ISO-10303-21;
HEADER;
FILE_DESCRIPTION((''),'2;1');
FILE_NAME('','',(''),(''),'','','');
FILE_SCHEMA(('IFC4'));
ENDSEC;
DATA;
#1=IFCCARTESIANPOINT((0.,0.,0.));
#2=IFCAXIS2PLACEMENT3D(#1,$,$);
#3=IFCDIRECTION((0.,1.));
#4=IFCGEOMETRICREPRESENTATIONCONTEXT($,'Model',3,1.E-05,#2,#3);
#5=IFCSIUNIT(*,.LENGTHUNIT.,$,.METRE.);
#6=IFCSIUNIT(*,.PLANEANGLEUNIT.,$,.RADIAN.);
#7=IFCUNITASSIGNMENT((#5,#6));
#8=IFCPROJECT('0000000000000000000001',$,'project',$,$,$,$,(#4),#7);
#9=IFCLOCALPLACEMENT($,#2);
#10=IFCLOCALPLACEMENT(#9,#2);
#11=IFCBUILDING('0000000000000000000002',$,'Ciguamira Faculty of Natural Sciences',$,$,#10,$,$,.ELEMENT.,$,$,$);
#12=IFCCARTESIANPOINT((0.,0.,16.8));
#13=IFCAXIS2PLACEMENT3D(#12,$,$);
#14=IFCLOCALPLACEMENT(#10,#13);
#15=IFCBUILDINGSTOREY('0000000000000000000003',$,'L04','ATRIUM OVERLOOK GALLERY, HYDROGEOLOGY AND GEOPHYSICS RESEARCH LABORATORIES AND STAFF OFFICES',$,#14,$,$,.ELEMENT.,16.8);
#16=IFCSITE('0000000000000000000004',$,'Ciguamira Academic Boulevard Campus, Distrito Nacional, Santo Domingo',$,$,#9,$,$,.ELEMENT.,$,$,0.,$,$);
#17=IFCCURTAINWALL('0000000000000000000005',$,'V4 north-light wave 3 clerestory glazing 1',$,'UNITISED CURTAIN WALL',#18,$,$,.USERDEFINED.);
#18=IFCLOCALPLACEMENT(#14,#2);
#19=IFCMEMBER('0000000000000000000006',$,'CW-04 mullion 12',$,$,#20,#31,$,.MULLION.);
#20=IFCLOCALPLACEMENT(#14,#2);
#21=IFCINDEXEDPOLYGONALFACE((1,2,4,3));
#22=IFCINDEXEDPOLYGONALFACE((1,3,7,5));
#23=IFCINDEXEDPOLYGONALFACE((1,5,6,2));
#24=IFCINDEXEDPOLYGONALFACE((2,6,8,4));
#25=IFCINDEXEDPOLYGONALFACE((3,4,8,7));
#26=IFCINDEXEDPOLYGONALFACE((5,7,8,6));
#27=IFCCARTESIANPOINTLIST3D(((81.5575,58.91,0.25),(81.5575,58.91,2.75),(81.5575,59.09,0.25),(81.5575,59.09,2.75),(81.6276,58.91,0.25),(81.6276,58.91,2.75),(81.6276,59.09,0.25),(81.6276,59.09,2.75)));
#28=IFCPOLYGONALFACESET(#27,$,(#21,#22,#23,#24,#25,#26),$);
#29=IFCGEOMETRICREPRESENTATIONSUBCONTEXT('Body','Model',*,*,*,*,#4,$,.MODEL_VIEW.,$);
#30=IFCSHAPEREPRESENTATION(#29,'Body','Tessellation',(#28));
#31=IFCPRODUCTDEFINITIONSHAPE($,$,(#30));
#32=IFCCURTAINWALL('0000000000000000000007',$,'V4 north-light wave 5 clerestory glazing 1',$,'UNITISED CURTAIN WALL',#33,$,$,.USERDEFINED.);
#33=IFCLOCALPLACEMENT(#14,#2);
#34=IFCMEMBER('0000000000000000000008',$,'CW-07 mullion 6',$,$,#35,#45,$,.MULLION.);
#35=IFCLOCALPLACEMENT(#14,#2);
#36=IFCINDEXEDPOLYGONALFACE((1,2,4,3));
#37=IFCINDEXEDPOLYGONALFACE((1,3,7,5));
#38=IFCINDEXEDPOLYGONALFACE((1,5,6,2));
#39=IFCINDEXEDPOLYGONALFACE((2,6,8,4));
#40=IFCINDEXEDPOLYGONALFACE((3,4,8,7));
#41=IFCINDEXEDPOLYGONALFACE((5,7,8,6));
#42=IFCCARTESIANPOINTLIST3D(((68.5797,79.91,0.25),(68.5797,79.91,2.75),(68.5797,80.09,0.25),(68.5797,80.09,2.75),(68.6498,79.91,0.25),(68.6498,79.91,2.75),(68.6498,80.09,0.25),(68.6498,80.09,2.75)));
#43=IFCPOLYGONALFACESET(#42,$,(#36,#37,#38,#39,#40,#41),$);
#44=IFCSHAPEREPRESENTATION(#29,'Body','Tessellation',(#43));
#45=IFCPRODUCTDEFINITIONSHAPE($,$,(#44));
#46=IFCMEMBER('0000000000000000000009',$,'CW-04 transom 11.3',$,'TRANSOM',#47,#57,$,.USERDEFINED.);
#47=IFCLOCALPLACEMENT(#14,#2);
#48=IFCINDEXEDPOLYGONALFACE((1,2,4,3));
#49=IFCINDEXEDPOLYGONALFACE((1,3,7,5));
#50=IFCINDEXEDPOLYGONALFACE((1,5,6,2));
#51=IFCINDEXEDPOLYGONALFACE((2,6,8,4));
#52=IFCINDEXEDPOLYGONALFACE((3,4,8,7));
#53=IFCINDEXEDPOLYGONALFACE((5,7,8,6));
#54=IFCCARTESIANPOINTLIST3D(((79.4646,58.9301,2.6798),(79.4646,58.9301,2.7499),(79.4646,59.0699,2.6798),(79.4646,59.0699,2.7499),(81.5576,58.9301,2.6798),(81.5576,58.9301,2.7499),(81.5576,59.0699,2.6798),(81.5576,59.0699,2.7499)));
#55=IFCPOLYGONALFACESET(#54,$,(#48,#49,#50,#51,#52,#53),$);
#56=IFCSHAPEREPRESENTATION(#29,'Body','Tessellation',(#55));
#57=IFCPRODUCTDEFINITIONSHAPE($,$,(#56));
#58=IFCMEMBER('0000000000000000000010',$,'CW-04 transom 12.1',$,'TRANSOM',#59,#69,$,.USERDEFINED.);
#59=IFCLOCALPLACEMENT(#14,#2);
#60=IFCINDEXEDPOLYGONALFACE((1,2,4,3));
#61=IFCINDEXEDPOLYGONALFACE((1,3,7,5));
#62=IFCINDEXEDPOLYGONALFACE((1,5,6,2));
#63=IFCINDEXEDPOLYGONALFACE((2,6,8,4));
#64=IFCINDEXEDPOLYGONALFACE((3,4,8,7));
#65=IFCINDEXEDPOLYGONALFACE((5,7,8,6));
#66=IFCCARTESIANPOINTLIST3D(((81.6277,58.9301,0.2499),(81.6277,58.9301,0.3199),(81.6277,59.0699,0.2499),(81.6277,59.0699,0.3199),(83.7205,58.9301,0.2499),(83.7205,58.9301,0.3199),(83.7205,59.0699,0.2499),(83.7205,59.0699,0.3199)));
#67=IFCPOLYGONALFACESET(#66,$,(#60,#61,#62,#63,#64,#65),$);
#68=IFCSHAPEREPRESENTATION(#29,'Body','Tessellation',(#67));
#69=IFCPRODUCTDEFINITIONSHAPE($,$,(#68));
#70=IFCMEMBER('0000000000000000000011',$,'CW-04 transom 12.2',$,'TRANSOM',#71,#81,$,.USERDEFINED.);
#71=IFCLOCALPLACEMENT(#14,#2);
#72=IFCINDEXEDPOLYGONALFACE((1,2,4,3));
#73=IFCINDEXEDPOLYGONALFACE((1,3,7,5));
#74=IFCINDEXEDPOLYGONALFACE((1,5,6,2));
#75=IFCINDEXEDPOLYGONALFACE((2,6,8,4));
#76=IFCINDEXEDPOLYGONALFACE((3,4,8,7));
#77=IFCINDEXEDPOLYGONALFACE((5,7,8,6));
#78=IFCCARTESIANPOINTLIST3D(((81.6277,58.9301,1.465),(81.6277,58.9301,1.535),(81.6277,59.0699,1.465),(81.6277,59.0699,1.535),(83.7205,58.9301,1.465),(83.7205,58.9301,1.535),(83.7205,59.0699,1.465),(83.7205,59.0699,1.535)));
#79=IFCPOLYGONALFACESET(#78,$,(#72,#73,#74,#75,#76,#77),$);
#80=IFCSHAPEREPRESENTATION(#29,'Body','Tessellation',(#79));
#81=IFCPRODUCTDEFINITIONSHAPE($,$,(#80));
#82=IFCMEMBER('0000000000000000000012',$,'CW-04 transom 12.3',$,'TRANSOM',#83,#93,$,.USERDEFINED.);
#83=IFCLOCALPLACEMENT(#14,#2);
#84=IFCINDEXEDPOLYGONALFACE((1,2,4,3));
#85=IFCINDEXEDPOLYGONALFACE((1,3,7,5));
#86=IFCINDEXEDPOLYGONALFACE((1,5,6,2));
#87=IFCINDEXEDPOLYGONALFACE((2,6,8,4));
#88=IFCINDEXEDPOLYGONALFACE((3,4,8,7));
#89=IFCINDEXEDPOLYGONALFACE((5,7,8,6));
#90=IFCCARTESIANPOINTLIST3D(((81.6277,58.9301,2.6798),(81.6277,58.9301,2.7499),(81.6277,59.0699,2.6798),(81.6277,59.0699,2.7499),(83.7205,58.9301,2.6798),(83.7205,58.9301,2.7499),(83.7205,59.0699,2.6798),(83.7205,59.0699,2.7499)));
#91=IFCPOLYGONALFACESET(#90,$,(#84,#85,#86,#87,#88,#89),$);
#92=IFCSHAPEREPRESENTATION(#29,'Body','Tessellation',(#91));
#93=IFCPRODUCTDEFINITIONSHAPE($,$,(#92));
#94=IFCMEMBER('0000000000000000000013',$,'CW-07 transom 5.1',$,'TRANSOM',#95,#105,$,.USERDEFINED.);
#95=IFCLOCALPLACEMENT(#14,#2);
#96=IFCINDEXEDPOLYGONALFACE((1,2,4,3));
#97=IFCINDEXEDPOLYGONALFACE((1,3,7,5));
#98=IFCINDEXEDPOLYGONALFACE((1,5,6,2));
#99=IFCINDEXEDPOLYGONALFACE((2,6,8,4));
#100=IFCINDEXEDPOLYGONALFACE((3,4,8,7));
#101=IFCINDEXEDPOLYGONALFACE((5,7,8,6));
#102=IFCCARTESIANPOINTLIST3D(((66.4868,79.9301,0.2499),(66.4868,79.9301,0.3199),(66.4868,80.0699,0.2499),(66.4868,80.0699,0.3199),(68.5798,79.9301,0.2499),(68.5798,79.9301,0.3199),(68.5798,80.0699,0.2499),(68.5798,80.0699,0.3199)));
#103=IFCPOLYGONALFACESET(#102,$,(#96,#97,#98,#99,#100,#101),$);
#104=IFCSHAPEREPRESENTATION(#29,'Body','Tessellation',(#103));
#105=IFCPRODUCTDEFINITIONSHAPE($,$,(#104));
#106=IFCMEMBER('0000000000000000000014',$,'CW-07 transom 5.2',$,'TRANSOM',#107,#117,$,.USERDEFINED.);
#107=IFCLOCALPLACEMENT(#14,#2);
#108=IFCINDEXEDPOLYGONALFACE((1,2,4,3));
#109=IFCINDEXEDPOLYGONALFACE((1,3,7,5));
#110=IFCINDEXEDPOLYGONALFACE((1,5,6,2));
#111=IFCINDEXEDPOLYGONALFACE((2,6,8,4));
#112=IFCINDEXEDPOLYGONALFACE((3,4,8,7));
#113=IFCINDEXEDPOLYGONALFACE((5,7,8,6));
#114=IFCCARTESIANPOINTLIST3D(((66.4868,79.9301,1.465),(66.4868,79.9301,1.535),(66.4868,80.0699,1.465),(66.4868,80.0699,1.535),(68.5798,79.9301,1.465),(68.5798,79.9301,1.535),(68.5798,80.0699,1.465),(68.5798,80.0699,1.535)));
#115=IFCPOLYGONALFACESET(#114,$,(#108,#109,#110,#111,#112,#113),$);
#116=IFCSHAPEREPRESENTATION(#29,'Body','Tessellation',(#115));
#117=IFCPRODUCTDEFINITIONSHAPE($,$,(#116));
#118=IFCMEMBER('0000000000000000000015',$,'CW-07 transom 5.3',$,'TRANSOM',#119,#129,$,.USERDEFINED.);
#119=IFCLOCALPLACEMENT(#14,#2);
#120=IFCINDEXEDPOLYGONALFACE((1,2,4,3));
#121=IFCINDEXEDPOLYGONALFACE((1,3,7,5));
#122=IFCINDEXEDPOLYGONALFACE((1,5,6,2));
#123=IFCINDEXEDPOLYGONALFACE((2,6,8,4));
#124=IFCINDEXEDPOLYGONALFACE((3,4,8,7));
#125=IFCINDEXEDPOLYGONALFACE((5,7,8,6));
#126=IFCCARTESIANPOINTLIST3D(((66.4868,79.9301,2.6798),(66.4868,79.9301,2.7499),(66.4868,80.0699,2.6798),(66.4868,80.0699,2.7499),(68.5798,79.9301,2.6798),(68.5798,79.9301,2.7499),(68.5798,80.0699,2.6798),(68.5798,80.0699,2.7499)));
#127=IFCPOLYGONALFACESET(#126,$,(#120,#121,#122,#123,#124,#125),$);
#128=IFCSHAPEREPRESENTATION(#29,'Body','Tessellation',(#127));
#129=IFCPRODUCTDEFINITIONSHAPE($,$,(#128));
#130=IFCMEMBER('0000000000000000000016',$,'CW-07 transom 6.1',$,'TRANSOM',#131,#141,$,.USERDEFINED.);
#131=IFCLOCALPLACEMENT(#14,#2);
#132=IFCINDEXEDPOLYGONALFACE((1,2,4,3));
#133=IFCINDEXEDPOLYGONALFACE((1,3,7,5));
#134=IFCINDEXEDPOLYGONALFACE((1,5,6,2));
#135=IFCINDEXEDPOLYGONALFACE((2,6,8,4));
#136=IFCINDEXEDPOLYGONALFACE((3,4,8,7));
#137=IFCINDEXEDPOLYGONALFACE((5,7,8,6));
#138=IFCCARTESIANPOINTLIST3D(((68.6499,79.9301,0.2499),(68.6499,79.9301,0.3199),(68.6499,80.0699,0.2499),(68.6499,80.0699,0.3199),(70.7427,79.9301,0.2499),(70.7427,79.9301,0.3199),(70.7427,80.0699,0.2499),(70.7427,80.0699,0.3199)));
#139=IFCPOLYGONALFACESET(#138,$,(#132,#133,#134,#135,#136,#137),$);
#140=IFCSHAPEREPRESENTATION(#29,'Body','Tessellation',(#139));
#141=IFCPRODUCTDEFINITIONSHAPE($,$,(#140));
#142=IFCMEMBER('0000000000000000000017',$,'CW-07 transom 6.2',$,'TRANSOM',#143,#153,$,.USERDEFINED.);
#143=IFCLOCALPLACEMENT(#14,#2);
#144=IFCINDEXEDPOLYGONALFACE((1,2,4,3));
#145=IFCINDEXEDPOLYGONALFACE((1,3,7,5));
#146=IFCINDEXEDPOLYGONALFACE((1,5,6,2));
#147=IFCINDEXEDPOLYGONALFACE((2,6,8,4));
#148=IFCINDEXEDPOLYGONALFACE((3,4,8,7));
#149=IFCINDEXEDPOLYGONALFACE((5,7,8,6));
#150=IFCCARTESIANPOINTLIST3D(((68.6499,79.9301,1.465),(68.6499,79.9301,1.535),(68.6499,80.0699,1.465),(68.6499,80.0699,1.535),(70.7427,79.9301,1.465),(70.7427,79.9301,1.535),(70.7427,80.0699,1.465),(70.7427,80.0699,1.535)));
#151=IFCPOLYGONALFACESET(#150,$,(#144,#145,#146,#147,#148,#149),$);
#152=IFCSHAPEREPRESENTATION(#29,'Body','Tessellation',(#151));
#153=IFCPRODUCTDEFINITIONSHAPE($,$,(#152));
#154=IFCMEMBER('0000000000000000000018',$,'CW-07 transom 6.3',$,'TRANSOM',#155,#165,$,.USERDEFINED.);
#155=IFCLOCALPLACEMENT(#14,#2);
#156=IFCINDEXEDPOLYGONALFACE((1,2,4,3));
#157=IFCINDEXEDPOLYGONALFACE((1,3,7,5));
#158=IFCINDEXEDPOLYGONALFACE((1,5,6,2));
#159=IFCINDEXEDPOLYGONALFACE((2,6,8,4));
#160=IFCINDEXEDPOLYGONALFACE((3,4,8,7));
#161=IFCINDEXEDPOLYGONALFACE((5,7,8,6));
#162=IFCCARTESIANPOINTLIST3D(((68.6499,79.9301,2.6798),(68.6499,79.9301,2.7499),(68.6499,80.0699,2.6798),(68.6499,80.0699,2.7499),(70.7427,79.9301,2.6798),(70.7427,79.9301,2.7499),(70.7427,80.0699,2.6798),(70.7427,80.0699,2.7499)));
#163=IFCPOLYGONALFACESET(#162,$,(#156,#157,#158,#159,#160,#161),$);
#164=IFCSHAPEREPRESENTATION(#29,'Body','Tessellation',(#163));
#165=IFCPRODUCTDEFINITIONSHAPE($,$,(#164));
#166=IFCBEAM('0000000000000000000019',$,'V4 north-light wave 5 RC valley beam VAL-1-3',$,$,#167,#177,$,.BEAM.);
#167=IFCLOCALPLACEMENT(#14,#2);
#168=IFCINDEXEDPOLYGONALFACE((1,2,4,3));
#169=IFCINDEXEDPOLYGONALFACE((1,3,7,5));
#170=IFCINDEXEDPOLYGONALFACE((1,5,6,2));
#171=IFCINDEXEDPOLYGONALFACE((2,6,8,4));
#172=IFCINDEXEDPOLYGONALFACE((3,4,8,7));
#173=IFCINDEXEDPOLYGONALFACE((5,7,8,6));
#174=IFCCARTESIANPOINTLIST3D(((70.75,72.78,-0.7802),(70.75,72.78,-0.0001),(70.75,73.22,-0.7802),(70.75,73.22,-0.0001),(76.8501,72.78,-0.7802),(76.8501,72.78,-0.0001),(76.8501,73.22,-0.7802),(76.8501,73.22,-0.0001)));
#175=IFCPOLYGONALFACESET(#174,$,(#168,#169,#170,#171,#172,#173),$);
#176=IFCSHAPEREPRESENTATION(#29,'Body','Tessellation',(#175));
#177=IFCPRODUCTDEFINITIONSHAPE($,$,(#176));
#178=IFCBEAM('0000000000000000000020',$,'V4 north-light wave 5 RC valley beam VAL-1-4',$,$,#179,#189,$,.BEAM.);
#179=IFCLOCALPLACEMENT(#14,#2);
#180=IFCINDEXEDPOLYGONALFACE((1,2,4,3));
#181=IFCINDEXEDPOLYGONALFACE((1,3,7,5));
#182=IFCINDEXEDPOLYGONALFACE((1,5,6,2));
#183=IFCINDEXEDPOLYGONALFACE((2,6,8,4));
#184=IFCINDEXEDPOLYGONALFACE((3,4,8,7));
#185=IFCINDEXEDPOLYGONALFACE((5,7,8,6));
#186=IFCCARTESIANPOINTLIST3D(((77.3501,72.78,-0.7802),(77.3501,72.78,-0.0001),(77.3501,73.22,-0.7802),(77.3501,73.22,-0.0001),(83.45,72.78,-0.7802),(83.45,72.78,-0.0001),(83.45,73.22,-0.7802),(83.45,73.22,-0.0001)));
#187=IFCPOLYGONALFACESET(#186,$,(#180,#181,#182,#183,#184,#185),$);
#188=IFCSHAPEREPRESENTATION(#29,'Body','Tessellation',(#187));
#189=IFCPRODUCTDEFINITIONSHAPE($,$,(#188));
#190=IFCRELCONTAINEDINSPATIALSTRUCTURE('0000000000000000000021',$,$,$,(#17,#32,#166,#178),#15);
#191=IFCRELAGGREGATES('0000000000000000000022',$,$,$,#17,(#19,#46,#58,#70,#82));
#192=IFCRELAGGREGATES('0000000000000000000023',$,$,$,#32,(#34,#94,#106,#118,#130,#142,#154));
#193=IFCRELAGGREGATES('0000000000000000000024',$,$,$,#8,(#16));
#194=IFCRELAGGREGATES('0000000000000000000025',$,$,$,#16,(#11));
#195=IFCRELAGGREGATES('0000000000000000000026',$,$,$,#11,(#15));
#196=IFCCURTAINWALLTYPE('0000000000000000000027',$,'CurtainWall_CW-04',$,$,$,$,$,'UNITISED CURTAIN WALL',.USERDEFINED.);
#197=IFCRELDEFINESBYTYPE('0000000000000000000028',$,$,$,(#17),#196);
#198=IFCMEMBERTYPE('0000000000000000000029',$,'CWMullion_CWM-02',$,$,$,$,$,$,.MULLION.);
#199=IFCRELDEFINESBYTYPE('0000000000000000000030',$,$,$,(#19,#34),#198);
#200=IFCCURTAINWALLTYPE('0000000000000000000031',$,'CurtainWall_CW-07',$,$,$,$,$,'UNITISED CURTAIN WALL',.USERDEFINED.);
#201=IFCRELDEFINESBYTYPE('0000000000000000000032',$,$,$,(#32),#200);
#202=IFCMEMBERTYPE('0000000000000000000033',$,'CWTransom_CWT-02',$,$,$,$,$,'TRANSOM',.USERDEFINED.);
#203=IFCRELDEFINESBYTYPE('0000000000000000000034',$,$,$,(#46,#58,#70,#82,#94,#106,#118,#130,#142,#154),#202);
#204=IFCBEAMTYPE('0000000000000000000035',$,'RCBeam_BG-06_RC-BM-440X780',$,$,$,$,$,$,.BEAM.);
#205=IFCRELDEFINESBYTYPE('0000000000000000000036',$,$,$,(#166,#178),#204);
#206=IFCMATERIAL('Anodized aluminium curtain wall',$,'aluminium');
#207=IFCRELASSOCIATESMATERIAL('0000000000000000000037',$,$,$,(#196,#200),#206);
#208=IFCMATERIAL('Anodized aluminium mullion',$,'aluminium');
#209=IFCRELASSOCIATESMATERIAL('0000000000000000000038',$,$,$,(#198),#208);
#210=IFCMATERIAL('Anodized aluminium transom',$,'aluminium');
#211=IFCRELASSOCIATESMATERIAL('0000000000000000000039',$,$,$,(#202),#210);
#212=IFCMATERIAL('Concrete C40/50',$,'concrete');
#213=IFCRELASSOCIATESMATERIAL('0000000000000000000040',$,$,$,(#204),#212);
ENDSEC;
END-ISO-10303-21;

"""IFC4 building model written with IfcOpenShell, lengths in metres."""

from ifc_helpers import new_model, si_unit, direction, frame, origin, origin_2d, place, context, subcontext, project, spatial, rectangle, extrude, material, material_profile, profile_set, type_object, element, aggregate, save


model = new_model("IFC4")

# Units and contexts
model_context = context("Model", 3, precision=1e-05, world=origin(), true_north=direction((0.0, 1.0)))
body_context = subcontext(model_context, "Body", "Model", "MODEL_VIEW")
ifc_project = project(units=[si_unit("LENGTHUNIT", "METRE"), si_unit("PLANEANGLEUNIT", "RADIAN")], contexts=[model_context])

# Site, building, storey
site_placement = place(None, origin())
site = spatial("IfcSite", under=ifc_project, at=site_placement, Name="Ciguamira Academic Boulevard Campus, Distrito Nacional, Santo Domingo", CompositionType="ELEMENT", RefElevation=0.0)
building_placement = place(site_placement, origin())
building = spatial("IfcBuilding", under=site, at=building_placement, Name="Ciguamira Faculty of Natural Sciences", CompositionType="ELEMENT")
storey_placement = place(building_placement, frame((0.0, 0.0, 16.8)))
storey = spatial("IfcBuildingStorey", under=building, at=storey_placement, Name="L04", Description="ATRIUM OVERLOOK GALLERY, HYDROGEOLOGY AND GEOPHYSICS RESEARCH LABORATORIES AND STAFF OFFICES", CompositionType="ELEMENT", Elevation=16.8)

# Curtain walls, members
ifc_material_1 = material(Name="Anodized aluminium curtain wall", Category="aluminium")
curtain_wall_type_1 = type_object("IfcCurtainWallType", Name="CurtainWall_CW-04", ElementType="UNITISED CURTAIN WALL", PredefinedType="USERDEFINED", material=ifc_material_1)
curtain_wall_1_placement = place(storey_placement, origin())
curtain_wall_1 = element("IfcCurtainWall", 1, at=curtain_wall_1_placement, inside=storey, type_object=curtain_wall_type_1, Name="V4 north-light wave 3 clerestory glazing 1", ObjectType="UNITISED CURTAIN WALL", PredefinedType="USERDEFINED")
ifc_material_2 = material(Name="Anodized aluminium mullion", Category="aluminium")
ifc_material_profile_1 = material_profile(ifc_material_2, rectangle(XDim=0.0701, YDim=0.1799, at=origin_2d()), Name="ALU-MUL-70X180")
ifc_profile_set_1 = profile_set([ifc_material_profile_1], Name="Anodized aluminium mullion")
member_type_1 = type_object("IfcMemberType", Name="CWMullion_CWM-02", PredefinedType="MULLION", material=ifc_profile_set_1)
member_1_placement = place(storey_placement, frame((81.5925, 59.0, 0.25), z_axis=(0.0, 0.0, 1.0), x_axis=(1.0, 0.0, 0.0)))
member_1 = element("IfcMember", 2, at=member_1_placement, type_object=member_type_1, Name="CW-04 mullion 12", PredefinedType="MULLION", context=body_context, shape_type="SweptSolid", body=[
    extrude(rectangle(XDim=0.0701, YDim=0.1799, at=origin_2d()), origin(), (0.0, 0.0, 1.0), 2.5),
])
curtain_wall_type_2 = type_object("IfcCurtainWallType", Name="CurtainWall_CW-07", ElementType="UNITISED CURTAIN WALL", PredefinedType="USERDEFINED", material=ifc_material_1)
curtain_wall_2_placement = place(storey_placement, origin())
curtain_wall_2 = element("IfcCurtainWall", 3, at=curtain_wall_2_placement, inside=storey, type_object=curtain_wall_type_2, Name="V4 north-light wave 5 clerestory glazing 1", ObjectType="UNITISED CURTAIN WALL", PredefinedType="USERDEFINED")
member_2_placement = place(storey_placement, frame((68.6147, 80.0, 0.25), z_axis=(0.0, 0.0, 1.0), x_axis=(1.0, 0.0, 0.0)))
member_2 = element("IfcMember", 4, at=member_2_placement, type_object=member_type_1, Name="CW-07 mullion 6", PredefinedType="MULLION", context=body_context, shape_type="SweptSolid", body=[
    extrude(rectangle(XDim=0.0701, YDim=0.1799, at=origin_2d()), origin(), (0.0, 0.0, 1.0), 2.5),
])

# Members
ifc_material_3 = material(Name="Anodized aluminium transom", Category="aluminium")
ifc_material_profile_2 = material_profile(ifc_material_3, rectangle(XDim=0.0701, YDim=0.1399, at=origin_2d()), Name="ALU-TRN-70X140")
ifc_profile_set_2 = profile_set([ifc_material_profile_2], Name="Anodized aluminium transom")
member_type_2 = type_object("IfcMemberType", Name="CWTransom_CWT-02", ElementType="TRANSOM", PredefinedType="USERDEFINED", material=ifc_profile_set_2)
member_3_placement = place(storey_placement, frame((79.4646, 59.0, 2.7148), z_axis=(1.0, 0.0, 0.0), x_axis=(0.0, 0.0, 1.0)))
member_3 = element("IfcMember", 5, at=member_3_placement, type_object=member_type_2, Name="CW-04 transom 11.3", ObjectType="TRANSOM", PredefinedType="USERDEFINED", context=body_context, shape_type="SweptSolid", body=[
    extrude(rectangle(XDim=0.0701, YDim=0.1399, at=origin_2d()), origin(), (0.0, 0.0, 1.0), 2.093),
])
member_4_placement = place(storey_placement, frame((81.6277, 59.0, 0.2849), z_axis=(1.0, 0.0, 0.0), x_axis=(0.0, 0.0, 1.0)))
member_4 = element("IfcMember", 6, at=member_4_placement, type_object=member_type_2, Name="CW-04 transom 12.1", ObjectType="TRANSOM", PredefinedType="USERDEFINED", context=body_context, shape_type="SweptSolid", body=[
    extrude(rectangle(XDim=0.0701, YDim=0.1399, at=origin_2d()), origin(), (0.0, 0.0, 1.0), 2.0928),
])
member_5_placement = place(storey_placement, frame((81.6277, 59.0, 1.5), z_axis=(1.0, 0.0, 0.0), x_axis=(0.0, 0.0, 1.0)))
member_5 = element("IfcMember", 7, at=member_5_placement, type_object=member_type_2, Name="CW-04 transom 12.2", ObjectType="TRANSOM", PredefinedType="USERDEFINED", context=body_context, shape_type="SweptSolid", body=[
    extrude(rectangle(XDim=0.0701, YDim=0.1399, at=origin_2d()), origin(), (0.0, 0.0, 1.0), 2.0928),
])
member_6_placement = place(storey_placement, frame((81.6277, 59.0, 2.7148), z_axis=(1.0, 0.0, 0.0), x_axis=(0.0, 0.0, 1.0)))
member_6 = element("IfcMember", 8, at=member_6_placement, type_object=member_type_2, Name="CW-04 transom 12.3", ObjectType="TRANSOM", PredefinedType="USERDEFINED", context=body_context, shape_type="SweptSolid", body=[
    extrude(rectangle(XDim=0.0701, YDim=0.1399, at=origin_2d()), origin(), (0.0, 0.0, 1.0), 2.0928),
])
member_7_placement = place(storey_placement, frame((66.4868, 80.0, 0.2849), z_axis=(1.0, 0.0, 0.0), x_axis=(0.0, 0.0, 1.0)))
member_7 = element("IfcMember", 9, at=member_7_placement, type_object=member_type_2, Name="CW-07 transom 5.1", ObjectType="TRANSOM", PredefinedType="USERDEFINED", context=body_context, shape_type="SweptSolid", body=[
    extrude(rectangle(XDim=0.0701, YDim=0.1399, at=origin_2d()), origin(), (0.0, 0.0, 1.0), 2.093),
])
member_8_placement = place(storey_placement, frame((66.4868, 80.0, 1.5), z_axis=(1.0, 0.0, 0.0), x_axis=(0.0, 0.0, 1.0)))
member_8 = element("IfcMember", 10, at=member_8_placement, type_object=member_type_2, Name="CW-07 transom 5.2", ObjectType="TRANSOM", PredefinedType="USERDEFINED", context=body_context, shape_type="SweptSolid", body=[
    extrude(rectangle(XDim=0.0701, YDim=0.1399, at=origin_2d()), origin(), (0.0, 0.0, 1.0), 2.093),
])
member_9_placement = place(storey_placement, frame((66.4868, 80.0, 2.7148), z_axis=(1.0, 0.0, 0.0), x_axis=(0.0, 0.0, 1.0)))
member_9 = element("IfcMember", 11, at=member_9_placement, type_object=member_type_2, Name="CW-07 transom 5.3", ObjectType="TRANSOM", PredefinedType="USERDEFINED", context=body_context, shape_type="SweptSolid", body=[
    extrude(rectangle(XDim=0.0701, YDim=0.1399, at=origin_2d()), origin(), (0.0, 0.0, 1.0), 2.093),
])
member_10_placement = place(storey_placement, frame((68.6499, 80.0, 0.2849), z_axis=(1.0, 0.0, 0.0), x_axis=(0.0, 0.0, 1.0)))
member_10 = element("IfcMember", 12, at=member_10_placement, type_object=member_type_2, Name="CW-07 transom 6.1", ObjectType="TRANSOM", PredefinedType="USERDEFINED", context=body_context, shape_type="SweptSolid", body=[
    extrude(rectangle(XDim=0.0701, YDim=0.1399, at=origin_2d()), origin(), (0.0, 0.0, 1.0), 2.0928),
])
member_11_placement = place(storey_placement, frame((68.6499, 80.0, 1.5), z_axis=(1.0, 0.0, 0.0), x_axis=(0.0, 0.0, 1.0)))
member_11 = element("IfcMember", 13, at=member_11_placement, type_object=member_type_2, Name="CW-07 transom 6.2", ObjectType="TRANSOM", PredefinedType="USERDEFINED", context=body_context, shape_type="SweptSolid", body=[
    extrude(rectangle(XDim=0.0701, YDim=0.1399, at=origin_2d()), origin(), (0.0, 0.0, 1.0), 2.0928),
])
member_12_placement = place(storey_placement, frame((68.6499, 80.0, 2.7148), z_axis=(1.0, 0.0, 0.0), x_axis=(0.0, 0.0, 1.0)))
member_12 = element("IfcMember", 14, at=member_12_placement, type_object=member_type_2, Name="CW-07 transom 6.3", ObjectType="TRANSOM", PredefinedType="USERDEFINED", context=body_context, shape_type="SweptSolid", body=[
    extrude(rectangle(XDim=0.0701, YDim=0.1399, at=origin_2d()), origin(), (0.0, 0.0, 1.0), 2.0928),
])

# Beams
ifc_material_4 = material(Name="Concrete C40/50", Category="concrete")
ifc_material_profile_3 = material_profile(ifc_material_4, rectangle(XDim=0.4399, YDim=0.78, at=origin_2d()), Name="RC-BM-440X780")
ifc_profile_set_3 = profile_set([ifc_material_profile_3], Name="Concrete C40/50")
beam_type = type_object("IfcBeamType", Name="RCBeam_BG-06_RC-BM-440X780", PredefinedType="BEAM", material=ifc_profile_set_3)
beam_1_placement = place(storey_placement, frame((70.75, 73.0, -0.3901), z_axis=(1.0, 0.0, 0.0), x_axis=(0.0, 1.0, 0.0)))
element("IfcBeam", 15, at=beam_1_placement, inside=storey, type_object=beam_type, Name="V4 north-light wave 5 RC valley beam VAL-1-3", PredefinedType="BEAM", context=body_context, shape_type="SweptSolid", body=[
    extrude(rectangle(XDim=0.4399, YDim=0.78, at=origin_2d()), origin(), (0.0, 0.0, 1.0), 6.1001),
])
beam_2_placement = place(storey_placement, frame((77.3501, 73.0, -0.3901), z_axis=(1.0, 0.0, 0.0), x_axis=(0.0, 1.0, 0.0)))
element("IfcBeam", 16, at=beam_2_placement, inside=storey, type_object=beam_type, Name="V4 north-light wave 5 RC valley beam VAL-1-4", PredefinedType="BEAM", context=body_context, shape_type="SweptSolid", body=[
    extrude(rectangle(XDim=0.4399, YDim=0.78, at=origin_2d()), origin(), (0.0, 0.0, 1.0), 6.0999),
])

aggregate(curtain_wall_1, [member_1, member_3, member_4, member_5, member_6])
aggregate(curtain_wall_2, [member_2, member_7, member_8, member_9, member_10, member_11, member_12])

save(model, "model.ifc")
